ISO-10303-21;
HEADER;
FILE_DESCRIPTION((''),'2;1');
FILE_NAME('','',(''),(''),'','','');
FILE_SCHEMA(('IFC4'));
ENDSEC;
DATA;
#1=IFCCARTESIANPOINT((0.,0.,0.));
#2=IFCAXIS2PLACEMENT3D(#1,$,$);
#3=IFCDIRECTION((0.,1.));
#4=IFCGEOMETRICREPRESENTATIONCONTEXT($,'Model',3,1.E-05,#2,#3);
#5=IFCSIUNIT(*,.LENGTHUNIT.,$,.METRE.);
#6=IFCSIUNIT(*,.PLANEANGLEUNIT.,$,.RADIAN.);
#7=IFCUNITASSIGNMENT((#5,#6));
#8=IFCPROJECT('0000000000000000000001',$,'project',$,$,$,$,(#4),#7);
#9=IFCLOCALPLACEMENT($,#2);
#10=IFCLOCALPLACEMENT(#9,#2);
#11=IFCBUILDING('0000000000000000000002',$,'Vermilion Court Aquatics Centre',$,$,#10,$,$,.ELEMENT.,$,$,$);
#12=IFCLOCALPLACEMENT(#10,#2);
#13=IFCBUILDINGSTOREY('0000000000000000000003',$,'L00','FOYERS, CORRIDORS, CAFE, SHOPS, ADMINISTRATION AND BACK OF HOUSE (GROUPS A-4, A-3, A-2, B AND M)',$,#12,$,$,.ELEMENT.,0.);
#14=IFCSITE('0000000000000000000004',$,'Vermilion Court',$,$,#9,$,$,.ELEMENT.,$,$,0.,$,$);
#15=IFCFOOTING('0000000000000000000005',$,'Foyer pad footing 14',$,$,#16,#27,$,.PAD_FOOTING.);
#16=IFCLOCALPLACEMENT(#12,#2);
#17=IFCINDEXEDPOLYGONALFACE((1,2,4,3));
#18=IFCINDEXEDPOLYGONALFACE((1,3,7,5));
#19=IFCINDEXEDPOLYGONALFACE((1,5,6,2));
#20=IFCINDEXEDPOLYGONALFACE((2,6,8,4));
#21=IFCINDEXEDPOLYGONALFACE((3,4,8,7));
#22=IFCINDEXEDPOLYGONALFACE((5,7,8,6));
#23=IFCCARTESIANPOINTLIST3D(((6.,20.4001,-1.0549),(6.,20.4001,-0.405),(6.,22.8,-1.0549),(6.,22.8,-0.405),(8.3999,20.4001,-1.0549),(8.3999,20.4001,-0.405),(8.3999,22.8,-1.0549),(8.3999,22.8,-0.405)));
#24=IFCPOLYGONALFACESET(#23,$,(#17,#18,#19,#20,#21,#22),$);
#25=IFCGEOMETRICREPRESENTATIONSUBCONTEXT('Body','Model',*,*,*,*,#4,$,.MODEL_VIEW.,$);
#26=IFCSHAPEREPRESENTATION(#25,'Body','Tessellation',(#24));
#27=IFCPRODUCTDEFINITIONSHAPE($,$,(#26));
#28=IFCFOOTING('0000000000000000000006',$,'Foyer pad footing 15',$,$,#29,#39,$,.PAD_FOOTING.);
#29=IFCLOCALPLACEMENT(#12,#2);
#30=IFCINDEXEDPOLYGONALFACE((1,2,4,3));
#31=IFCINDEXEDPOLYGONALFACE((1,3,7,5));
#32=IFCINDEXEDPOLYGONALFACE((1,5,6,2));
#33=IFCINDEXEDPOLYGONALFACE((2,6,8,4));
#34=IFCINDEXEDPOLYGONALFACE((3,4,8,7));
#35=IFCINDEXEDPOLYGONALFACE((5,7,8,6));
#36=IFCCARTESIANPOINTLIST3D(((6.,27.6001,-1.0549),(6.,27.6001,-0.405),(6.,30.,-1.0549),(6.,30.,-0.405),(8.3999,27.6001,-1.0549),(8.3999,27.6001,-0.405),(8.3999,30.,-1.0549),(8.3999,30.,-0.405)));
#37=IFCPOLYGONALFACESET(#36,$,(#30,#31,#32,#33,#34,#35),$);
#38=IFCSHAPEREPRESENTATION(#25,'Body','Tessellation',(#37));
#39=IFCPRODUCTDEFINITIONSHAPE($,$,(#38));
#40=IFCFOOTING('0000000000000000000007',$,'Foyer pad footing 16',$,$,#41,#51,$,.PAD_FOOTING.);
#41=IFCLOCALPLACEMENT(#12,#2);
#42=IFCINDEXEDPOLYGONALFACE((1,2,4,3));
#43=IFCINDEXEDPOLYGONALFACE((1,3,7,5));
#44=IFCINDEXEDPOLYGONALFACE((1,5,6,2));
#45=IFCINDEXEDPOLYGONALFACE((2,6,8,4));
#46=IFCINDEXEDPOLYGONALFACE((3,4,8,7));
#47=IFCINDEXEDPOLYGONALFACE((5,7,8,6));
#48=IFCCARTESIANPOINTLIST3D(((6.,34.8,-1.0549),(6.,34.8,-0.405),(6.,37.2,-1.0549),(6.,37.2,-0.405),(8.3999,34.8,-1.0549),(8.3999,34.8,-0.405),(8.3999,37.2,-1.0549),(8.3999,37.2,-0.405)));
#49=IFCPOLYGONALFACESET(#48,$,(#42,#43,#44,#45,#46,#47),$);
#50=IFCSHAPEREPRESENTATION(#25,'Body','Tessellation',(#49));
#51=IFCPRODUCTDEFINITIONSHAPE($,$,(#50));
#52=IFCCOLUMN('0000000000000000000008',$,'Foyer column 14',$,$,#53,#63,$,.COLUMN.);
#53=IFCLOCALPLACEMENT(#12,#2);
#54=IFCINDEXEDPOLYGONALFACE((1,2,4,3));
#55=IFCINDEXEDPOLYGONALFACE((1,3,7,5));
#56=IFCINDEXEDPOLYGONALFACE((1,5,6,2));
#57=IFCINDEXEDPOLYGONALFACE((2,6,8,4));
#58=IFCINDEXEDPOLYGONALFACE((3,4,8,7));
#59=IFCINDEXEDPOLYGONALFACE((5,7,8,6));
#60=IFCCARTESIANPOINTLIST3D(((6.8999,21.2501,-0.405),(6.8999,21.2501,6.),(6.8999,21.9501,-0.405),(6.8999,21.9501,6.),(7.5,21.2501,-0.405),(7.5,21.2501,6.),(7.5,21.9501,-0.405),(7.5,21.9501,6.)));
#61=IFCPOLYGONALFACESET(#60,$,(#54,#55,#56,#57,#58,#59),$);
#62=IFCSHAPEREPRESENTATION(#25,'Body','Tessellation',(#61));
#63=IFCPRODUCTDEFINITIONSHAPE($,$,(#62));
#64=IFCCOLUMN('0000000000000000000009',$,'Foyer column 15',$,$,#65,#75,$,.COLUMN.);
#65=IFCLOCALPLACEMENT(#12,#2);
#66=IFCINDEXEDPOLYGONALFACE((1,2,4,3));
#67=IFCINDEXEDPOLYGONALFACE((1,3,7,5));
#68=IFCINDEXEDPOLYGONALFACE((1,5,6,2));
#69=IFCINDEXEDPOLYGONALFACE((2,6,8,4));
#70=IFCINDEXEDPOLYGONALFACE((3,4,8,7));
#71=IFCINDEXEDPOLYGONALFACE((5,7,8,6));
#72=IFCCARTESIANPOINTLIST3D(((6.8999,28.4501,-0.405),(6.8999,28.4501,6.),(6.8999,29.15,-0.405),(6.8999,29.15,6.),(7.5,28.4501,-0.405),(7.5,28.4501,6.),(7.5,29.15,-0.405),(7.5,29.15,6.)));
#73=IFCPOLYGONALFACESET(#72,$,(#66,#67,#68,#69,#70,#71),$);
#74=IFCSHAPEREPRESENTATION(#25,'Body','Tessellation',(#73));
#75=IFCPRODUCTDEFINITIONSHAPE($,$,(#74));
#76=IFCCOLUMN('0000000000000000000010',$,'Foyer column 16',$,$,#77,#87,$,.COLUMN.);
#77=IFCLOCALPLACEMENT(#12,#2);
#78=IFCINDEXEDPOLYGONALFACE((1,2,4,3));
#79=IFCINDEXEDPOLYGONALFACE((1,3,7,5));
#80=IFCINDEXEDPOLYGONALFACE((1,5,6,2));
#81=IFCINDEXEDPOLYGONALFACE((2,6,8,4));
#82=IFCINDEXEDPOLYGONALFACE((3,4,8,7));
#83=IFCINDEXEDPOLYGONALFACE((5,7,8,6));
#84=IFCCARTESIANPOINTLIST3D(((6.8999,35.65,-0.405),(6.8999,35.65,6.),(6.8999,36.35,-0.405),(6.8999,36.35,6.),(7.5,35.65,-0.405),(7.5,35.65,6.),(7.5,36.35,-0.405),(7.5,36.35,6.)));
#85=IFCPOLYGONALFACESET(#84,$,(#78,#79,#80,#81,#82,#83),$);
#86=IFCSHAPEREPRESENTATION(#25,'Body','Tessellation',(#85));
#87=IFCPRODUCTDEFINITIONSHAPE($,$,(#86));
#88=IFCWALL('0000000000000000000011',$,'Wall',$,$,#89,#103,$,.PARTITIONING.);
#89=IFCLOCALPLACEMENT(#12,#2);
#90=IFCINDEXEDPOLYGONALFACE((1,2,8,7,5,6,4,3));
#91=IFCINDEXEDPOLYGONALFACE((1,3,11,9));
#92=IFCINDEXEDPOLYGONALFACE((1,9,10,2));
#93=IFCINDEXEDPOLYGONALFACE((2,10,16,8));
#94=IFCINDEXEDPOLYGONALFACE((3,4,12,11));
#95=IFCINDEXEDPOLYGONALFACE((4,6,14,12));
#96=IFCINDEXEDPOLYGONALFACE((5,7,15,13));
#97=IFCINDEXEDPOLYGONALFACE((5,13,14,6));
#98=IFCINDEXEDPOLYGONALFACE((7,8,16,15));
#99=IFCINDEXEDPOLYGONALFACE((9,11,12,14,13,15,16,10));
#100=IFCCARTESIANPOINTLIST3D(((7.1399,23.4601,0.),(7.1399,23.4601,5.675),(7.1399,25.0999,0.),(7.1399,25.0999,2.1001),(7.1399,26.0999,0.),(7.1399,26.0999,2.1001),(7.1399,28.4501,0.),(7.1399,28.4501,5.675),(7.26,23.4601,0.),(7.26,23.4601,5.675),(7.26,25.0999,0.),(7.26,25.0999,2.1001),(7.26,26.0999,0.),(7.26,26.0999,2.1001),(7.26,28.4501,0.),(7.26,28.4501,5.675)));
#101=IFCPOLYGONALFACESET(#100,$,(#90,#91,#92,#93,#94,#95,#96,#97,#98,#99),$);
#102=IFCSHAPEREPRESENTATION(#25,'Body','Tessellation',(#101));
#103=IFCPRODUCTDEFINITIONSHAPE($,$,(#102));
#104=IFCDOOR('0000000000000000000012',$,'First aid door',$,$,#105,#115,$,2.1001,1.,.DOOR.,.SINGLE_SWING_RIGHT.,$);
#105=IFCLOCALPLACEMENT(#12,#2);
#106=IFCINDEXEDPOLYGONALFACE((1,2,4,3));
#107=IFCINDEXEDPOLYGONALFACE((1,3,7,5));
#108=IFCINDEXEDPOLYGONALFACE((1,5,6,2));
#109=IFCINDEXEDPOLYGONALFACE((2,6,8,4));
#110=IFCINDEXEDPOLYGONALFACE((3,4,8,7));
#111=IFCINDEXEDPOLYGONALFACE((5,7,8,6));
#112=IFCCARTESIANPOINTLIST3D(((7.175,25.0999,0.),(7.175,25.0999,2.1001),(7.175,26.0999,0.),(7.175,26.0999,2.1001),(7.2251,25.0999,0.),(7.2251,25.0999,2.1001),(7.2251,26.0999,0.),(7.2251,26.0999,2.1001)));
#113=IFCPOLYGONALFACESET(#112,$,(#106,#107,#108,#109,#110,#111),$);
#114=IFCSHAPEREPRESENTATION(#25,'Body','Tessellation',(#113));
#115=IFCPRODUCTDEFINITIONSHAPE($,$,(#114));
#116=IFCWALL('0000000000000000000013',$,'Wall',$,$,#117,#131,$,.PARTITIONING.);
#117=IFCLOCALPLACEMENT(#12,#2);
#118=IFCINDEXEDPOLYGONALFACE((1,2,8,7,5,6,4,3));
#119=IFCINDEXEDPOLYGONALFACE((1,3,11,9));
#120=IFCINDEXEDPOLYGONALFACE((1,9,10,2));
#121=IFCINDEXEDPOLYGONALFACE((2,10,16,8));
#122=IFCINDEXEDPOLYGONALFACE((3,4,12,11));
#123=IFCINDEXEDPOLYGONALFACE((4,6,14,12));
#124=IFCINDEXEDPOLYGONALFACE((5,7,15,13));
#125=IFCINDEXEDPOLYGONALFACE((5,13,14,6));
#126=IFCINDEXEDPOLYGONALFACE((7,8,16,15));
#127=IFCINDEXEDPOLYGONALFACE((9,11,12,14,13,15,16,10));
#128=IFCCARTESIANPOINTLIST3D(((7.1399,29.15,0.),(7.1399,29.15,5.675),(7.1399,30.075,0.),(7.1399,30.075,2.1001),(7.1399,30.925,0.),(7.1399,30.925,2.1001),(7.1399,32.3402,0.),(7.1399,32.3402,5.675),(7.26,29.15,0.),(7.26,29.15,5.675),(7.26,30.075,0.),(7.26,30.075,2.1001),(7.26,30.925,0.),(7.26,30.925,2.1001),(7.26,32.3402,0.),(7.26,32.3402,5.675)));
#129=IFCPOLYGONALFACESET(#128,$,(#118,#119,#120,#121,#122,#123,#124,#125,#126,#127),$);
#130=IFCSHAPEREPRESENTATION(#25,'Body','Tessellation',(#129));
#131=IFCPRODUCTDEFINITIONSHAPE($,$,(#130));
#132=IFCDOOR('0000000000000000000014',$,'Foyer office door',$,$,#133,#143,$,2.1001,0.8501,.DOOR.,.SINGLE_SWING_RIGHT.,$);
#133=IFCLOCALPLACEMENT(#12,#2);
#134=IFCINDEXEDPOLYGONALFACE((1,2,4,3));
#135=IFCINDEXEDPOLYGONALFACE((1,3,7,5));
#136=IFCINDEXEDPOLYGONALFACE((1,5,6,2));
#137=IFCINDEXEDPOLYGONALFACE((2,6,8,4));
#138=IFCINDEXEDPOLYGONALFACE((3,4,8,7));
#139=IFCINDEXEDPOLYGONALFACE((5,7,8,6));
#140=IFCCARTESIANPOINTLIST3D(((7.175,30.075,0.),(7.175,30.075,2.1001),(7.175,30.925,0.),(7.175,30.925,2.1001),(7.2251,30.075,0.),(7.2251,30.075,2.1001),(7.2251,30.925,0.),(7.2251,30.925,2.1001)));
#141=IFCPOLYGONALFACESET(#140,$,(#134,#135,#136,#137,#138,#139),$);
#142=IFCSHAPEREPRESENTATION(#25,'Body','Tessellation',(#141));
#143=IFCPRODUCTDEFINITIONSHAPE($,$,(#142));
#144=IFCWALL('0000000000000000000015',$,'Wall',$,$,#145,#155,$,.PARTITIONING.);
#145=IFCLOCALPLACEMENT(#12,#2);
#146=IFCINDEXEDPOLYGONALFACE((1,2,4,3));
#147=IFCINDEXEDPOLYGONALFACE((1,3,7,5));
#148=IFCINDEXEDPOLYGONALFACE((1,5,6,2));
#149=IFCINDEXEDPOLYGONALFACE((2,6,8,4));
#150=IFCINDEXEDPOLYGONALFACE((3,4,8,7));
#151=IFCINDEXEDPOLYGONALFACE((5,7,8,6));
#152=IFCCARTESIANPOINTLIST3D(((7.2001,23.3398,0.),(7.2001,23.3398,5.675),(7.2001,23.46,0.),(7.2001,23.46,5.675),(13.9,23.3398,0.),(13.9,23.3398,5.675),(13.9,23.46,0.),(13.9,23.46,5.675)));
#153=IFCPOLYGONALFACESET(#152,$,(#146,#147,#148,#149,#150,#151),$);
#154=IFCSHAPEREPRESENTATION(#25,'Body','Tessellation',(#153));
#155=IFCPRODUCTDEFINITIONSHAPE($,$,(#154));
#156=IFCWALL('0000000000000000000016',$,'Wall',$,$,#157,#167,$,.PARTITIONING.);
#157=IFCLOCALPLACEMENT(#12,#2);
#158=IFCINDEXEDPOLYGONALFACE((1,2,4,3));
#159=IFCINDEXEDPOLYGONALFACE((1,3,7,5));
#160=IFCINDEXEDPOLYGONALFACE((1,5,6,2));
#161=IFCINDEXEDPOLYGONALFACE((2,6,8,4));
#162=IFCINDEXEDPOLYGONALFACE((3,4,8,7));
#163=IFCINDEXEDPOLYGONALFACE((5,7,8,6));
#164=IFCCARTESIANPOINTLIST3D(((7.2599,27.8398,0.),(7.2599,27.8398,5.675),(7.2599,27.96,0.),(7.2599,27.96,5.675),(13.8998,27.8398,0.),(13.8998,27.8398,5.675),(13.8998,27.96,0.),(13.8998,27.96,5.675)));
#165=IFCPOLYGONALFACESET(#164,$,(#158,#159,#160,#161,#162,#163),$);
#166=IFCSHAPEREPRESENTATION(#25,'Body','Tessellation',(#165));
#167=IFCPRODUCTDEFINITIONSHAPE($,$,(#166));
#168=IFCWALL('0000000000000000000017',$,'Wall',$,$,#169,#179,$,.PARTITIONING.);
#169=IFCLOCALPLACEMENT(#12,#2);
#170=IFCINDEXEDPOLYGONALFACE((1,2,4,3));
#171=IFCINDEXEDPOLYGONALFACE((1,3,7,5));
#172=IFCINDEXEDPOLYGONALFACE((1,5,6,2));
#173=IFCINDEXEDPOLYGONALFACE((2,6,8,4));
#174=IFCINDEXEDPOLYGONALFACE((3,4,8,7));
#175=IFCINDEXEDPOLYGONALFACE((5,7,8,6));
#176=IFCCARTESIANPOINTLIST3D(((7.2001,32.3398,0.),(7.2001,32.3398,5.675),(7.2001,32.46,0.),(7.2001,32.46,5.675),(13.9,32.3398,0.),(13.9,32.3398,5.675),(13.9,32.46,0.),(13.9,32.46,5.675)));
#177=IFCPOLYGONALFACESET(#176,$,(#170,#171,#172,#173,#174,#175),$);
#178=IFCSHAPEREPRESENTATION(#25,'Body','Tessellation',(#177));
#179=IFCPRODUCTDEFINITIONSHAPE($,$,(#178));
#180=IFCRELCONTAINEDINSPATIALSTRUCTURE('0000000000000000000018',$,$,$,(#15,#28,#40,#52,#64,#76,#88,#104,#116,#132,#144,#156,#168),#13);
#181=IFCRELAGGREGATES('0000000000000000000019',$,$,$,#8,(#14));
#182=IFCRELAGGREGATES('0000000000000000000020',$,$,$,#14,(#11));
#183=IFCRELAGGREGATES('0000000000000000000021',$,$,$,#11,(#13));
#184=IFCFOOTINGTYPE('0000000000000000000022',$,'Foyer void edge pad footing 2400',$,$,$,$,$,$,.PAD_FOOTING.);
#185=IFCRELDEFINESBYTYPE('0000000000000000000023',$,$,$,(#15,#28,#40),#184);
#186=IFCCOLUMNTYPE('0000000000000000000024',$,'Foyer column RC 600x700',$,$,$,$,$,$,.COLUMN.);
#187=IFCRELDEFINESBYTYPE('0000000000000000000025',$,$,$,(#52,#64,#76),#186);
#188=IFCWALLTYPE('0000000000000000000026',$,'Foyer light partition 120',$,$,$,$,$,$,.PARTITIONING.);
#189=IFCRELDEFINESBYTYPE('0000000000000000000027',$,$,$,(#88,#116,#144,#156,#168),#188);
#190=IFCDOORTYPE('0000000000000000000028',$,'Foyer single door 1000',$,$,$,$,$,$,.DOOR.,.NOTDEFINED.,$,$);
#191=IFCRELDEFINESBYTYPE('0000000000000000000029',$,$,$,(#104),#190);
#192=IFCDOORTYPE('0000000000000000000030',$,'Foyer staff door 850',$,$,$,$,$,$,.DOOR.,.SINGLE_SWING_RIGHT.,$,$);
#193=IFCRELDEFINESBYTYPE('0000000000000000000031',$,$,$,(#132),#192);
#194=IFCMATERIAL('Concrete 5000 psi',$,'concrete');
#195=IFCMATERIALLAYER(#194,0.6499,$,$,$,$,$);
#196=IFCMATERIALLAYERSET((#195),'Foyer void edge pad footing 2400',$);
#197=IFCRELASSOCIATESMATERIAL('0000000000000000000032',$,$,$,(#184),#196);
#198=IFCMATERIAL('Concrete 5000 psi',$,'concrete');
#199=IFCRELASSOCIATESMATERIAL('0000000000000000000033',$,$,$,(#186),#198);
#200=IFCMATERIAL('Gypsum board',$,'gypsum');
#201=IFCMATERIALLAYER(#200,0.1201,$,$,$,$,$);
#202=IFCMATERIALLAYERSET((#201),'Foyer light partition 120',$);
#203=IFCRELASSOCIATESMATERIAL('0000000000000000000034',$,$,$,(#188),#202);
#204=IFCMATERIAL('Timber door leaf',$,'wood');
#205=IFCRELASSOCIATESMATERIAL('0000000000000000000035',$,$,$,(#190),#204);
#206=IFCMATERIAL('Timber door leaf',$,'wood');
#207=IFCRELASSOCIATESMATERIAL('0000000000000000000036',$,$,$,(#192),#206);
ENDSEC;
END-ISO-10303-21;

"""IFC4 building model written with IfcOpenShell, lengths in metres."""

from ifc_helpers import new_model, si_unit, direction, frame, frame_2d, origin, origin_2d, place, context, subcontext, project, spatial, rectangle, extrude, material, layer, layer_set, material_profile, profile_set, type_object, element, fill, save


model = new_model("IFC4")

# Units and contexts
model_context = context("Model", 3, precision=1e-05, world=origin(), true_north=direction((0.0, 1.0)))
body_context = subcontext(model_context, "Body", "Model", "MODEL_VIEW")
ifc_project = project(units=[si_unit("LENGTHUNIT", "METRE"), si_unit("PLANEANGLEUNIT", "RADIAN")], contexts=[model_context])

# Site, building, storey
site_placement = place(None, origin())
site = spatial("IfcSite", under=ifc_project, at=site_placement, Name="Vermilion Court", CompositionType="ELEMENT", RefElevation=0.0)
building_placement = place(site_placement, origin())
building = spatial("IfcBuilding", under=site, at=building_placement, Name="Vermilion Court Aquatics Centre", CompositionType="ELEMENT")
storey_placement = place(building_placement, origin())
storey = spatial("IfcBuildingStorey", under=building, at=storey_placement, Name="L00", Description="FOYERS, CORRIDORS, CAFE, SHOPS, ADMINISTRATION AND BACK OF HOUSE (GROUPS A-4, A-3, A-2, B AND M)", CompositionType="ELEMENT", Elevation=0.0)

# Footings
ifc_material_1 = material(Name="Concrete 5000 psi", Category="concrete")
ifc_layer_1 = layer(ifc_material_1, 0.6499)
ifc_layer_set_1 = layer_set([ifc_layer_1], Name="Foyer void edge pad footing 2400")
footing_type = type_object("IfcFootingType", Name="Foyer void edge pad footing 2400", PredefinedType="PAD_FOOTING", material=ifc_layer_set_1)
for number, where, z_axis, x_axis, name in (
    (1, (7.2, 21.6001, -1.0549), (0.0, 0.0, 1.0), (1.0, 0.0, 0.0), "Foyer pad footing 14"),
    (2, (7.2, 28.8, -1.0549), (0.0, 0.0, 1.0), (1.0, 0.0, 0.0), "Foyer pad footing 15"),
    (3, (7.2, 36.0, -1.0549), (0.0, 0.0, 1.0), (1.0, 0.0, 0.0), "Foyer pad footing 16"),
):
    element("IfcFooting", number, at=place(storey_placement, frame(where, z_axis=z_axis, x_axis=x_axis)), inside=storey, type_object=footing_type, Name=name, PredefinedType="PAD_FOOTING", context=body_context, shape_type="SweptSolid", body=[
        extrude(rectangle(XDim=2.3999, YDim=2.3999, at=origin_2d()), origin(), (0.0, 0.0, 1.0), 0.6499),
    ])

# Columns
ifc_material_2 = material(Name="Concrete 5000 psi", Category="concrete")
ifc_material_profile = material_profile(ifc_material_2, rectangle(XDim=0.6001, YDim=0.7, at=origin_2d()), Name="RC 600x700")
ifc_profile_set = profile_set([ifc_material_profile], Name="Concrete 5000 psi")
column_type = type_object("IfcColumnType", Name="Foyer column RC 600x700", PredefinedType="COLUMN", material=ifc_profile_set)
for number, where, z_axis, x_axis, name in (
    (4, (7.2, 21.6001, -0.405), (0.0, 0.0, 1.0), (1.0, 0.0, 0.0), "Foyer column 14"),
    (5, (7.2, 28.8, -0.405), (0.0, 0.0, 1.0), (1.0, 0.0, 0.0), "Foyer column 15"),
    (6, (7.2, 36.0, -0.405), (0.0, 0.0, 1.0), (1.0, 0.0, 0.0), "Foyer column 16"),
):
    element("IfcColumn", number, at=place(storey_placement, frame(where, z_axis=z_axis, x_axis=x_axis)), inside=storey, type_object=column_type, Name=name, PredefinedType="COLUMN", context=body_context, shape_type="SweptSolid", body=[
        extrude(rectangle(XDim=0.6001, YDim=0.7, at=origin_2d()), origin(), (0.0, 0.0, 1.0), 6.405),
    ])

# Walls, openings, doors
ifc_material_3 = material(Name="Gypsum board", Category="gypsum")
ifc_layer_2 = layer(ifc_material_3, 0.1201)
ifc_layer_set_2 = layer_set([ifc_layer_2], Name="Foyer light partition 120")
wall_type_1 = type_object("IfcWallType", Name="Foyer light partition 120", PredefinedType="PARTITIONING", material=ifc_layer_set_2)
wall_1_placement = place(storey_placement, frame((7.2, 23.46, 0.0), z_axis=(0.0, 0.0, 1.0), x_axis=(0.0, 1.0, 0.0)))
wall_1 = element("IfcWall", 7, at=wall_1_placement, inside=storey, type_object=wall_type_1, Name="Wall", PredefinedType="PARTITIONING", context=body_context, shape_type="SweptSolid", body=[
    extrude(rectangle(XDim=4.99, YDim=0.1201, at=frame_2d((2.4951, 0.0))), origin(), (0.0, 0.0, 1.0), 5.675),
])
opening_1_placement = place(wall_1_placement, frame((1.6399, 0.0, 0.0)))
opening_1 = element("IfcOpeningElement", 8, at=opening_1_placement, cuts=wall_1, PredefinedType="OPENING", context=body_context, shape_type="SweptSolid", body=[
    extrude(rectangle(XDim=1.0, YDim=2.1001, at=frame_2d((0.5, 1.05))), frame((0.0, 0.0701, 0.0), z_axis=(0.0, -1.0, 0.0), x_axis=(1.0, 0.0, 0.0)), (0.0, 0.0, 1.0), 0.1401),
])
ifc_material_4 = material(Name="Timber door leaf", Category="wood")
door_type_1 = type_object("IfcDoorType", Name="Foyer single door 1000", OperationType="NOTDEFINED", PredefinedType="DOOR", material=ifc_material_4)
door_1_placement = place(opening_1_placement, frame((1.0, 0.0, 0.0), z_axis=(0.0, 0.0, 1.0), x_axis=(-1.0, 0.0, 0.0)))
door_1 = element("IfcDoor", 9, at=door_1_placement, inside=storey, type_object=door_type_1, Name="First aid door", OperationType="SINGLE_SWING_RIGHT", OverallHeight=2.1001, OverallWidth=1.0, PredefinedType="DOOR", context=body_context, shape_type="SweptSolid", body=[
    extrude(rectangle(XDim=1.0, YDim=2.1001, at=frame_2d((0.5, 1.05))), frame((0.0, 0.0251, 0.0), z_axis=(0.0, -1.0, 0.0), x_axis=(1.0, 0.0, 0.0)), (0.0, 0.0, 1.0), 0.05),
])
fill(opening_1, door_1)
wall_2_placement = place(storey_placement, frame((7.2, 29.1499, 0.0), z_axis=(0.0, 0.0, 1.0), x_axis=(0.0, 1.0, 0.0)))
wall_2 = element("IfcWall", 10, at=wall_2_placement, inside=storey, type_object=wall_type_1, Name="Wall", PredefinedType="PARTITIONING", context=body_context, shape_type="SweptSolid", body=[
    extrude(rectangle(XDim=3.1902, YDim=0.1201, at=frame_2d((1.5952, 0.0))), origin(), (0.0, 0.0, 1.0), 5.675),
])
opening_2_placement = place(wall_2_placement, frame((0.925, 0.0, 0.0)))
opening_2 = element("IfcOpeningElement", 11, at=opening_2_placement, cuts=wall_2, PredefinedType="OPENING", context=body_context, shape_type="SweptSolid", body=[
    extrude(rectangle(XDim=0.8501, YDim=2.1001, at=frame_2d((0.425, 1.05))), frame((0.0, 0.0701, 0.0), z_axis=(0.0, -1.0, 0.0), x_axis=(1.0, 0.0, 0.0)), (0.0, 0.0, 1.0), 0.1401),
])
ifc_material_5 = material(Name="Timber door leaf", Category="wood")
door_type_2 = type_object("IfcDoorType", Name="Foyer staff door 850", OperationType="SINGLE_SWING_RIGHT", PredefinedType="DOOR", material=ifc_material_5)
door_2_placement = place(opening_2_placement, origin())
door_2 = element("IfcDoor", 12, at=door_2_placement, inside=storey, type_object=door_type_2, Name="Foyer office door", OperationType="SINGLE_SWING_RIGHT", OverallHeight=2.1001, OverallWidth=0.8501, PredefinedType="DOOR", context=body_context, shape_type="SweptSolid", body=[
    extrude(rectangle(XDim=0.8501, YDim=2.1001, at=frame_2d((0.425, 1.05))), frame((0.0, 0.0249, 0.0), z_axis=(0.0, -1.0, 0.0), x_axis=(1.0, 0.0, 0.0)), (0.0, 0.0, 1.0), 0.05),
])
fill(opening_2, door_2)

# Walls
wall_3_placement = place(storey_placement, frame((7.2, 23.3999, 0.0), z_axis=(0.0, 0.0, 1.0), x_axis=(1.0, 0.0, 0.0)))
element("IfcWall", 13, at=wall_3_placement, inside=storey, type_object=wall_type_1, Name="Wall", PredefinedType="PARTITIONING", context=body_context, shape_type="SweptSolid", body=[
    extrude(rectangle(XDim=6.7, YDim=0.1201, at=frame_2d((3.3501, 0.0))), origin(), (0.0, 0.0, 1.0), 5.675),
])
wall_4_placement = place(storey_placement, frame((7.26, 27.8999, 0.0), z_axis=(0.0, 0.0, 1.0), x_axis=(1.0, 0.0, 0.0)))
element("IfcWall", 14, at=wall_4_placement, inside=storey, type_object=wall_type_1, Name="Wall", PredefinedType="PARTITIONING", context=body_context, shape_type="SweptSolid", body=[
    extrude(rectangle(XDim=6.6399, YDim=0.1201, at=frame_2d((3.3198, 0.0))), origin(), (0.0, 0.0, 1.0), 5.675),
])
wall_5_placement = place(storey_placement, frame((7.2, 32.3999, 0.0), z_axis=(0.0, 0.0, 1.0), x_axis=(1.0, 0.0, 0.0)))
element("IfcWall", 15, at=wall_5_placement, inside=storey, type_object=wall_type_1, Name="Wall", PredefinedType="PARTITIONING", context=body_context, shape_type="SweptSolid", body=[
    extrude(rectangle(XDim=6.7, YDim=0.1201, at=frame_2d((3.3501, 0.0))), origin(), (0.0, 0.0, 1.0), 5.675),
])

save(model, "model.ifc")
